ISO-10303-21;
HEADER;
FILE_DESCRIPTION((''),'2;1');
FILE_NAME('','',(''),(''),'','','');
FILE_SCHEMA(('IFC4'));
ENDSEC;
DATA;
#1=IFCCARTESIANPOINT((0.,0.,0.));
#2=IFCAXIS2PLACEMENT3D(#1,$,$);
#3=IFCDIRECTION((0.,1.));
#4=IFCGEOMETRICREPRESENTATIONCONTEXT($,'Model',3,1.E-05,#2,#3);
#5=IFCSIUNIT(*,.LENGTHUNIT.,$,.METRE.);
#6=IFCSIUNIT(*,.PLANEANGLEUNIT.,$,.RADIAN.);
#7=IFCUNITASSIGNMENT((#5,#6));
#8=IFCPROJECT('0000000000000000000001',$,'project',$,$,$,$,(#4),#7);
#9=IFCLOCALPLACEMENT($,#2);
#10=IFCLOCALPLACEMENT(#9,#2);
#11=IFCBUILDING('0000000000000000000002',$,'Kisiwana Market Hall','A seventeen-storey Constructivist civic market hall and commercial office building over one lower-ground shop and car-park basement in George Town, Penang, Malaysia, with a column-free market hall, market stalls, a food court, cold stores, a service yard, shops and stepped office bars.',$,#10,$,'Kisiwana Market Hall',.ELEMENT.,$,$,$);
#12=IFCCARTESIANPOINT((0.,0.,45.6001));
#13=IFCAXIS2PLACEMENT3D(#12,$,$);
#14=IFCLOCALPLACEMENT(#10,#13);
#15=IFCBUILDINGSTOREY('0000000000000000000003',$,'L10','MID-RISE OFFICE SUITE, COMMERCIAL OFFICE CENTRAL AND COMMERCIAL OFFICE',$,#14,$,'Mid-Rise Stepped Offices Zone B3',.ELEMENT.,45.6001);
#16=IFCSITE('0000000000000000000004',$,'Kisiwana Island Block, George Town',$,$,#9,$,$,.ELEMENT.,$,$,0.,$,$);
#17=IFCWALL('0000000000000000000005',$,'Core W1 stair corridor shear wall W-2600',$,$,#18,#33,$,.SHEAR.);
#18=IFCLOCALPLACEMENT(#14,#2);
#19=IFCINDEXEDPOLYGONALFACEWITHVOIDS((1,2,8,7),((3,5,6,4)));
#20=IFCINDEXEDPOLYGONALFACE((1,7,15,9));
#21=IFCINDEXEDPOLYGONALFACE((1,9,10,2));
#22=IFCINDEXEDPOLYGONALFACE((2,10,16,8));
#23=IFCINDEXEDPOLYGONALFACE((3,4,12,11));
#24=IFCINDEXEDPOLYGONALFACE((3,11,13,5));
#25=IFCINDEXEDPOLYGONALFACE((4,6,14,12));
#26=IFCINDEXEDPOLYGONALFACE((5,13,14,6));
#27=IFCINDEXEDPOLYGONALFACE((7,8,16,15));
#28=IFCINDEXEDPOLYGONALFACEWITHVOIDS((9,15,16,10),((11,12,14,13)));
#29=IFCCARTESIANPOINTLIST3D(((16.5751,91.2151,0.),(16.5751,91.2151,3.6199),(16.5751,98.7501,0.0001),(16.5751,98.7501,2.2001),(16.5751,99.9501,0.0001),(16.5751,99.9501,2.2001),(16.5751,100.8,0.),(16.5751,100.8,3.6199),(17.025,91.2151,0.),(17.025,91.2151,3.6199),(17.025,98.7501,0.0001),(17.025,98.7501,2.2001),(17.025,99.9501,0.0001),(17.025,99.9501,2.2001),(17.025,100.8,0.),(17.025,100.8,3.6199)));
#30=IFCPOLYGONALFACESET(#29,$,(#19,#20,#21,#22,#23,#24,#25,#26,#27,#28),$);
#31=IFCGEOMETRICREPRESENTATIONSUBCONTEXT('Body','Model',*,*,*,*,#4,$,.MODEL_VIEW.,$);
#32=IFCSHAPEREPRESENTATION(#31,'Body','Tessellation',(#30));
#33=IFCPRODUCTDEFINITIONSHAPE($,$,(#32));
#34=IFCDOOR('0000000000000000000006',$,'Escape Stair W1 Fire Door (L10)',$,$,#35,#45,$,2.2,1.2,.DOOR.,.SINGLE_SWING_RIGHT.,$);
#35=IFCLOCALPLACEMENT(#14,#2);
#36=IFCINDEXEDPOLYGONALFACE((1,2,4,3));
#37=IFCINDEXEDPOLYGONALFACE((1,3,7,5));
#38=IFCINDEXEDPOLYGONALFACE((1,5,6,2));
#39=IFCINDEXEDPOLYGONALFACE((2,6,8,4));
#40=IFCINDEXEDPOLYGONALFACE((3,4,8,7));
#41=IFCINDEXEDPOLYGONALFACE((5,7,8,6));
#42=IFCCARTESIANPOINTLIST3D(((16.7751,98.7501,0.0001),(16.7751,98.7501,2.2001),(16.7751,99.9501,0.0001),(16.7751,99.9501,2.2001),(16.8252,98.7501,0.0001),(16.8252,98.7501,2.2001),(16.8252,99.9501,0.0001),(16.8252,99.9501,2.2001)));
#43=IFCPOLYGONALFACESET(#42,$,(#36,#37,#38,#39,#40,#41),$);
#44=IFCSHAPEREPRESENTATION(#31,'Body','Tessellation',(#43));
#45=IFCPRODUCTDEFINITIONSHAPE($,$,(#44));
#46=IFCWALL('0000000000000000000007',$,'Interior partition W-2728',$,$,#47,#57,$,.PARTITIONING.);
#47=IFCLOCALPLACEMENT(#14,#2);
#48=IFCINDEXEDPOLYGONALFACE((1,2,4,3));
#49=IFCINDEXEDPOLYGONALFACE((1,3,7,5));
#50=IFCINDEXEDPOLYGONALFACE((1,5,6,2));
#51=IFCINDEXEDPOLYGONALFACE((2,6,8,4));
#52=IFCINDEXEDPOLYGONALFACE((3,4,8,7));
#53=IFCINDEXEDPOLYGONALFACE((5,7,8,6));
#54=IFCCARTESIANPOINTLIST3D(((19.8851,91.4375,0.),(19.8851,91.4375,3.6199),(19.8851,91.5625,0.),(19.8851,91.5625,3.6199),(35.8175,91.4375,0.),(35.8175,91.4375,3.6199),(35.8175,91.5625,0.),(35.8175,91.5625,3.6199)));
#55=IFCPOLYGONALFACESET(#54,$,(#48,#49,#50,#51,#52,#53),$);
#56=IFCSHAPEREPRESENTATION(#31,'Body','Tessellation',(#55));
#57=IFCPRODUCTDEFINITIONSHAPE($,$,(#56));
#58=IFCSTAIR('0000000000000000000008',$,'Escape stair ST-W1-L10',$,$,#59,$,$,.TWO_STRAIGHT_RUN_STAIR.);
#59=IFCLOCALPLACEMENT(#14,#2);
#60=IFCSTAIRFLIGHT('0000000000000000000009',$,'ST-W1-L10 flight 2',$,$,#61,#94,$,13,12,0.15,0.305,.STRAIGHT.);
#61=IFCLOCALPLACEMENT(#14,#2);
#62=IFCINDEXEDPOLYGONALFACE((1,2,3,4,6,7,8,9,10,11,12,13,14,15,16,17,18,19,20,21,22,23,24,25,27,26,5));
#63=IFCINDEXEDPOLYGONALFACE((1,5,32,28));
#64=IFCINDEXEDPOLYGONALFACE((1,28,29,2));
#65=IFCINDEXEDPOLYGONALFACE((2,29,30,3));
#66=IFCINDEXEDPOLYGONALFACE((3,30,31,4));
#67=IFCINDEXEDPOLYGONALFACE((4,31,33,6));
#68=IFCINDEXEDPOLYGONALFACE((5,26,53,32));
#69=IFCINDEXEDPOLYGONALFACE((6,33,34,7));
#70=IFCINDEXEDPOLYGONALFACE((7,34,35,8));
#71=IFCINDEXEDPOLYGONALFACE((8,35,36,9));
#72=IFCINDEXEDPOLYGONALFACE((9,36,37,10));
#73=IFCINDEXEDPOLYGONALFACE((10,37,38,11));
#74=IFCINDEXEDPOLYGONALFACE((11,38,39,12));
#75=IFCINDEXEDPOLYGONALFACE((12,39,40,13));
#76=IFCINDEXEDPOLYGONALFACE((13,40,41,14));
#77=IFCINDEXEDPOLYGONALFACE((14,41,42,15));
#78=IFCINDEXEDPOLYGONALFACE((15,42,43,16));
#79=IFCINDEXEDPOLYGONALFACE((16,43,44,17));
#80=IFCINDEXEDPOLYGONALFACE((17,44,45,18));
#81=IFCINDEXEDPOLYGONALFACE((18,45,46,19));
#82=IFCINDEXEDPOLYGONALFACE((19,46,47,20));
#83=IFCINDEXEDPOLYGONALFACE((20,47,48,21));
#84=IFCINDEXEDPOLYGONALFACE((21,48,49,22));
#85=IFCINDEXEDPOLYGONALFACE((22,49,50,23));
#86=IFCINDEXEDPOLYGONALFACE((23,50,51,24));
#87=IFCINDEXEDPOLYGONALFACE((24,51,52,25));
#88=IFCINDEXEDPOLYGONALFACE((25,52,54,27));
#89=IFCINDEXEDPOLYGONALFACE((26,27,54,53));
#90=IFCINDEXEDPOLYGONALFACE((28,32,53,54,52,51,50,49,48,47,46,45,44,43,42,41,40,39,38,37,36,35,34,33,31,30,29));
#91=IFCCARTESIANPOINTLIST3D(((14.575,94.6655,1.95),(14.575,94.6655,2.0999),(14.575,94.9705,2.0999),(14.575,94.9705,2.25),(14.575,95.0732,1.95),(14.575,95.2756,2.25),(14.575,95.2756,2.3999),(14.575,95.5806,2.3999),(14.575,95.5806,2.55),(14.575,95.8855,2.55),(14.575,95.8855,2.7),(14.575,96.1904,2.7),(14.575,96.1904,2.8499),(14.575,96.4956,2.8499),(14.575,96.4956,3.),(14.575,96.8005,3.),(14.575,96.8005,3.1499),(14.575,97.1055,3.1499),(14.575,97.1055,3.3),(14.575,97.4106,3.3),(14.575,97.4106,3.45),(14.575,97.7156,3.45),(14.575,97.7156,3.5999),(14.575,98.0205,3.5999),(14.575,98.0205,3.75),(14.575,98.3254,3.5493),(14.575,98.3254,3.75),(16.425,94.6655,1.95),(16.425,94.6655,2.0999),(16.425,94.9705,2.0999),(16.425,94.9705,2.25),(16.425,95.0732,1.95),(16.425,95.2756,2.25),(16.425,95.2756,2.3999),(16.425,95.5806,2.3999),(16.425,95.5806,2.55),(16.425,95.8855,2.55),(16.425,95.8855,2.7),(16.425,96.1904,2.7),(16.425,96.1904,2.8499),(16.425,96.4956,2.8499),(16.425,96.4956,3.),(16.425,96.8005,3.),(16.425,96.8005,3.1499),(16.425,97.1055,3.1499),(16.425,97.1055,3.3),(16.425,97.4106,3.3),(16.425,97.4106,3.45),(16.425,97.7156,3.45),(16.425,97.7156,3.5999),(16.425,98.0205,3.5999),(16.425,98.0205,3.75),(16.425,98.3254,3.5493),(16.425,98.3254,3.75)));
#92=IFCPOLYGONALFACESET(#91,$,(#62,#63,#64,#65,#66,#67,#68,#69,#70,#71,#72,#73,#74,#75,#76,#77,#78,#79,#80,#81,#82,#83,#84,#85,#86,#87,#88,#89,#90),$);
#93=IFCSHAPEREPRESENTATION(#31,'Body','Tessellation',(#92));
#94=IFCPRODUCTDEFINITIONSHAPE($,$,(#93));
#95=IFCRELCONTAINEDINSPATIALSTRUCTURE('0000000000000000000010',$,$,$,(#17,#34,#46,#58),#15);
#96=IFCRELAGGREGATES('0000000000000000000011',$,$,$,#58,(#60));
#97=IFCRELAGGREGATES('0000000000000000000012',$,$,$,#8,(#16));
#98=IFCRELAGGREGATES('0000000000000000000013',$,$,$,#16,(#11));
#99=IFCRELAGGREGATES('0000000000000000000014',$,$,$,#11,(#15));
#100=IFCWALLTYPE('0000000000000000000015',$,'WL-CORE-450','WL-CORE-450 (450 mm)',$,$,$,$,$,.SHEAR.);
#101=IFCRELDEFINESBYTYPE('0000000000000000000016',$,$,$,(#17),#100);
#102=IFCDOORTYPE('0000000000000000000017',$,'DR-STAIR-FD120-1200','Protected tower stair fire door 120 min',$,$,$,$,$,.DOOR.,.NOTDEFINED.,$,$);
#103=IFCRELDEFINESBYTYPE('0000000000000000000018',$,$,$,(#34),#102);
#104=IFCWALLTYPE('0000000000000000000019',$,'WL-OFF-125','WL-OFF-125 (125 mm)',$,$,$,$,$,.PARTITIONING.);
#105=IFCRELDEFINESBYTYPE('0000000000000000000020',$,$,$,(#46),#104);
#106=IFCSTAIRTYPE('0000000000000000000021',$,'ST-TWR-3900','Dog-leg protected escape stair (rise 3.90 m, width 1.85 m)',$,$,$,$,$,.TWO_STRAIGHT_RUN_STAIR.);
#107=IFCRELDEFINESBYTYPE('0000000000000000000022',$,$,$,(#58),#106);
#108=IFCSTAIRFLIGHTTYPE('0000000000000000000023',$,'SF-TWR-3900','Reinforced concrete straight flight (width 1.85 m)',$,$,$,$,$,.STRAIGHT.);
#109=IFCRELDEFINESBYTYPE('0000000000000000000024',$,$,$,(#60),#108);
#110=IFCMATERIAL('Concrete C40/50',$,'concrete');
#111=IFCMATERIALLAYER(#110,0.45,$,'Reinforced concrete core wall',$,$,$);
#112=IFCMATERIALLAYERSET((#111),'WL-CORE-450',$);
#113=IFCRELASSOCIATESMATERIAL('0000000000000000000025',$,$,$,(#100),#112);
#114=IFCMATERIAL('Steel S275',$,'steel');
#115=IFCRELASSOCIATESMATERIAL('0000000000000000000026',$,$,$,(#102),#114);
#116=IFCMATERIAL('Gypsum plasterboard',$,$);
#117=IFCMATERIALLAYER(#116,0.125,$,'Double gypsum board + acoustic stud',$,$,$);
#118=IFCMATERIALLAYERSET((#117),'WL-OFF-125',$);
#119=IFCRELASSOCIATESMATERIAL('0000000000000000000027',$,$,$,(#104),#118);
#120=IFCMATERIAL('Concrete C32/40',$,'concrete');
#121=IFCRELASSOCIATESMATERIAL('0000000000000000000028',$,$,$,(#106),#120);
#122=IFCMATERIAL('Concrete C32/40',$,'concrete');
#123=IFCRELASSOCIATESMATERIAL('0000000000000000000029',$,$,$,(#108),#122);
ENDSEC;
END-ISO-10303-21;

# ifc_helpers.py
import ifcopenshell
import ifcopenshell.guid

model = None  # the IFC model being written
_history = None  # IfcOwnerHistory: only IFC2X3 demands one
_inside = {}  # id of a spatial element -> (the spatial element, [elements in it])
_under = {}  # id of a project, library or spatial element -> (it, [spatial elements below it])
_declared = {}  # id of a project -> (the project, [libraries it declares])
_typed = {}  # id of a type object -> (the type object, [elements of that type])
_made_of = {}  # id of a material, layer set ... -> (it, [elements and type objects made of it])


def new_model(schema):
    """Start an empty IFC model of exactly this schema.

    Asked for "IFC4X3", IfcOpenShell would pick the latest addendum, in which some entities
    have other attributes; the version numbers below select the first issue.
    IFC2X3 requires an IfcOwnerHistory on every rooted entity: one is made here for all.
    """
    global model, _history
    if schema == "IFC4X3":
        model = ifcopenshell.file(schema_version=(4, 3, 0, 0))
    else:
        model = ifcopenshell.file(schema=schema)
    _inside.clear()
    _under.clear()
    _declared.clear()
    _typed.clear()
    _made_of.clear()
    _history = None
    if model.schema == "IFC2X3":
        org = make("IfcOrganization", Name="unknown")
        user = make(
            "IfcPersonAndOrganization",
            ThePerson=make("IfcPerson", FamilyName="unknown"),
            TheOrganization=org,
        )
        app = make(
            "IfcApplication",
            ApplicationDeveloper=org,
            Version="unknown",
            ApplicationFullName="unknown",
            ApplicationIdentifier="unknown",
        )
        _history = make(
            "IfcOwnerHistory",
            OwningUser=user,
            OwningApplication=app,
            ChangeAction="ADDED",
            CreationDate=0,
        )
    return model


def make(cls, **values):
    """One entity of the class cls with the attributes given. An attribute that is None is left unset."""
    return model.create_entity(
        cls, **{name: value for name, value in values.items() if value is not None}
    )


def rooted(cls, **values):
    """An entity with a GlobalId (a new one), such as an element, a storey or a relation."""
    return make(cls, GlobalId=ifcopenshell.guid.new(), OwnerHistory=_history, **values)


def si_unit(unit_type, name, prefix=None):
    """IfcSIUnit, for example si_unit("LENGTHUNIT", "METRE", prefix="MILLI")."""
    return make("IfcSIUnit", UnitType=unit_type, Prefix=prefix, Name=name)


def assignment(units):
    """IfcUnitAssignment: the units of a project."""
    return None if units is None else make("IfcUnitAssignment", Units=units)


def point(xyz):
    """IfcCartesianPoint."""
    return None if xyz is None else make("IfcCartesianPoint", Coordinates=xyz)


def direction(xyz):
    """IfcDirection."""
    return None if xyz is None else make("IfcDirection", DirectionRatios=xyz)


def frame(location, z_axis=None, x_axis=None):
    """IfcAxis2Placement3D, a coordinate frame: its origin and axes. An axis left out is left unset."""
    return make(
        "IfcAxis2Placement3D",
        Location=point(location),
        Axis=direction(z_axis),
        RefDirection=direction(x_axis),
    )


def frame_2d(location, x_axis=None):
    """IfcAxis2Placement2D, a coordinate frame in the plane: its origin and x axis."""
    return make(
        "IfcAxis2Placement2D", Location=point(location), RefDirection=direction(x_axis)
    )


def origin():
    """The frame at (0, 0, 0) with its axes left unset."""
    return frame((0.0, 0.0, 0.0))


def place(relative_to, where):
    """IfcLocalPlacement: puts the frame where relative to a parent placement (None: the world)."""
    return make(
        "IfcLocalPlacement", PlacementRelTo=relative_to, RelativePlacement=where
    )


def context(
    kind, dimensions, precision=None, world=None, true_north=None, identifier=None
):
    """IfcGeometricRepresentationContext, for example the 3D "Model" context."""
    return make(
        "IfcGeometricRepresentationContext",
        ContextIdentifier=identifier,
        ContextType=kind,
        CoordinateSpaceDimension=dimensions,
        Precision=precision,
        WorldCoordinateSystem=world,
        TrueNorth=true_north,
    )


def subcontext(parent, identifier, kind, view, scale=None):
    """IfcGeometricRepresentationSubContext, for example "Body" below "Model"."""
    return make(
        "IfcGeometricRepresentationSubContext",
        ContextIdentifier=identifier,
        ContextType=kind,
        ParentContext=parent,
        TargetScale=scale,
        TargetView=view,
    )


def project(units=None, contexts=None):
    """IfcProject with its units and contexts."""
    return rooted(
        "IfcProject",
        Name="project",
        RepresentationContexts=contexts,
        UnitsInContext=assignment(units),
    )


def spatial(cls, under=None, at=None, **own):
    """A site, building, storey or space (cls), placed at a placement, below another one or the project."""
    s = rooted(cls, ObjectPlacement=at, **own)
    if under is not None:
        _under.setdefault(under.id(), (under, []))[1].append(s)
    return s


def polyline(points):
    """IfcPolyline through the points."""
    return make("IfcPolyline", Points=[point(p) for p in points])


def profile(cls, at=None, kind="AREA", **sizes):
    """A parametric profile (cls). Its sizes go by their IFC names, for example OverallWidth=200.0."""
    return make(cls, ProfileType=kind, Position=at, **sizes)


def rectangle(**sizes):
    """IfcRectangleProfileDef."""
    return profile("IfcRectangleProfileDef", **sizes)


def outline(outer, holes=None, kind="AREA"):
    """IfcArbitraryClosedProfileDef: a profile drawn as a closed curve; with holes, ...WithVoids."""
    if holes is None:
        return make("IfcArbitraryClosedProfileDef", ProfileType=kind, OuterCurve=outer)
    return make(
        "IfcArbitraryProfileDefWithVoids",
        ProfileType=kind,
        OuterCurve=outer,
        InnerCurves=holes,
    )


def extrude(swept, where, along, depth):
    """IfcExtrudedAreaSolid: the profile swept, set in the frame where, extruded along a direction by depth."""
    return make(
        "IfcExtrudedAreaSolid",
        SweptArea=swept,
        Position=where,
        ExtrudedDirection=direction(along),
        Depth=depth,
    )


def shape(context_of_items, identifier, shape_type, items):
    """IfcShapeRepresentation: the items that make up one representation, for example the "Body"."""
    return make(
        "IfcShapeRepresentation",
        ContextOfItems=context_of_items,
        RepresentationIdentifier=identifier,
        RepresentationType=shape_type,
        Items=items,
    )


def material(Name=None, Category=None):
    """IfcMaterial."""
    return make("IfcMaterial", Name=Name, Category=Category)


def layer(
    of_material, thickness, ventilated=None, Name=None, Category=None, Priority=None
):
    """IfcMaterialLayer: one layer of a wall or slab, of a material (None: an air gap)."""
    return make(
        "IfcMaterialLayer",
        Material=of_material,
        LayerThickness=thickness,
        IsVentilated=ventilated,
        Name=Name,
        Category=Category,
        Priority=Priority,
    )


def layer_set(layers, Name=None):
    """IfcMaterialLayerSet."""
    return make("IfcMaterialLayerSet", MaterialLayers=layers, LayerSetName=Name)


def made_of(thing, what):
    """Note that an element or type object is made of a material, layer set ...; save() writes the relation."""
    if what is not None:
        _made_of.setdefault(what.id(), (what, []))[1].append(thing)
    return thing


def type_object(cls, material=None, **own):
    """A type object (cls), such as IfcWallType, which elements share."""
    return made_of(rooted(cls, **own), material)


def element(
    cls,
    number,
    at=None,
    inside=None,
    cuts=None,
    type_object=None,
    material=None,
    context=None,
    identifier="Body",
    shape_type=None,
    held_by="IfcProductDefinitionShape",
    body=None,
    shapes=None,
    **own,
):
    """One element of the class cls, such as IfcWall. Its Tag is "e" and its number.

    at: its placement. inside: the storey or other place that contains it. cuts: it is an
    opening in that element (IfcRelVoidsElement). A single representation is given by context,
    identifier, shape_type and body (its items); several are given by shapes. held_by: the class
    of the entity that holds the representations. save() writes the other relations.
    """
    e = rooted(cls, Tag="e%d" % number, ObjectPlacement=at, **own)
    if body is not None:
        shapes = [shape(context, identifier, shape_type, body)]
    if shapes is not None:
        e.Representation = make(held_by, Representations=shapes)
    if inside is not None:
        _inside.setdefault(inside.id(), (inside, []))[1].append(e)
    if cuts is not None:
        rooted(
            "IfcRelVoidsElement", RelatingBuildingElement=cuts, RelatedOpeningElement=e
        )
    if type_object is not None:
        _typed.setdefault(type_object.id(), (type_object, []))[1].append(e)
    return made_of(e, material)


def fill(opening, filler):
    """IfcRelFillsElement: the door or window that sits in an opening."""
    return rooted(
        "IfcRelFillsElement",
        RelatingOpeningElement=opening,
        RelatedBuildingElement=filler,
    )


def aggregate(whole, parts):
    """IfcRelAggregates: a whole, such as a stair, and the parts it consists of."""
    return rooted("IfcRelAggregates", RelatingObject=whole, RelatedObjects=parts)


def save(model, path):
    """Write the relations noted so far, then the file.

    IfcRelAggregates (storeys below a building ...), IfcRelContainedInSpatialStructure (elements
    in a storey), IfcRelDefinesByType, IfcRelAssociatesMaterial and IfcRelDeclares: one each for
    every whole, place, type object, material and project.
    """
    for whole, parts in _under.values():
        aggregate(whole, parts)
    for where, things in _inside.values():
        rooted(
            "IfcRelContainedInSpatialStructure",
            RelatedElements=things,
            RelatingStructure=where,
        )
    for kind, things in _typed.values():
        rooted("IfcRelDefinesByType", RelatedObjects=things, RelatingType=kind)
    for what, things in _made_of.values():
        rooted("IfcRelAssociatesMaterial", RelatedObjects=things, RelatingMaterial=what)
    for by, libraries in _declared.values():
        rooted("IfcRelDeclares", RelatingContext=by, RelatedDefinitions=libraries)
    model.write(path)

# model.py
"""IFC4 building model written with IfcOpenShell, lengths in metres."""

from ifc_helpers import new_model, si_unit, direction, frame, frame_2d, origin, place, context, subcontext, project, spatial, polyline, rectangle, outline, extrude, material, layer, layer_set, type_object, element, fill, aggregate, save


model = new_model("IFC4")

# Units and contexts
model_context = context("Model", 3, precision=1e-05, world=origin(), true_north=direction((0.0, 1.0)))
body_context = subcontext(model_context, "Body", "Model", "MODEL_VIEW")
ifc_project = project(units=[si_unit("LENGTHUNIT", "METRE"), si_unit("PLANEANGLEUNIT", "RADIAN")], contexts=[model_context])

# Site, building, storey
site_placement = place(None, origin())
site = spatial("IfcSite", under=ifc_project, at=site_placement, Name="Kisiwana Island Block, George Town", CompositionType="ELEMENT", RefElevation=0.0)
building_placement = place(site_placement, origin())
building = spatial("IfcBuilding", under=site, at=building_placement, Name="Kisiwana Market Hall", Description="A seventeen-storey Constructivist civic market hall and commercial office building over one lower-ground shop and car-park basement in George Town, Penang, Malaysia, with a column-free market hall, market stalls, a food court, cold stores, a service yard, shops and stepped office bars.", LongName="Kisiwana Market Hall", CompositionType="ELEMENT")
storey_placement = place(building_placement, frame((0.0, 0.0, 45.6001)))
storey = spatial("IfcBuildingStorey", under=building, at=storey_placement, Name="L10", Description="MID-RISE OFFICE SUITE, COMMERCIAL OFFICE CENTRAL AND COMMERCIAL OFFICE", LongName="Mid-Rise Stepped Offices Zone B3", CompositionType="ELEMENT", Elevation=45.6001)

# Wall, opening, door
ifc_material_1 = material(Name="Concrete C40/50", Category="concrete")
ifc_layer_1 = layer(ifc_material_1, 0.45, Name="Reinforced concrete core wall")
ifc_layer_set_1 = layer_set([ifc_layer_1], Name="WL-CORE-450")
wall_type_1 = type_object("IfcWallType", Name="WL-CORE-450", Description="WL-CORE-450 (450 mm)", PredefinedType="SHEAR", material=ifc_layer_set_1)
wall_1_placement = place(storey_placement, frame((16.8, 91.2151, 0.0), z_axis=(0.0, 0.0, 1.0), x_axis=(0.0, 1.0, 0.0)))
wall_1 = element("IfcWall", 1, at=wall_1_placement, inside=storey, type_object=wall_type_1, Name="Core W1 stair corridor shear wall W-2600", PredefinedType="SHEAR", context=body_context, shape_type="SweptSolid", body=[
    extrude(rectangle(XDim=9.585, YDim=0.45, at=frame_2d((4.7925, 0.0))), origin(), (0.0, 0.0, 1.0), 3.6199),
])
opening_1_placement = place(wall_1_placement, frame((7.5349, 0.0, 0.0)))
opening_1 = element("IfcOpeningElement", 2, at=opening_1_placement, cuts=wall_1, PredefinedType="OPENING", context=body_context, shape_type="SweptSolid", body=[
    extrude(rectangle(XDim=1.2, YDim=2.2, at=frame_2d((0.6001, 1.1001))), frame((0.0, 0.2368, 0.0), z_axis=(0.0, -1.0, 0.0), x_axis=(1.0, 0.0, 0.0)), (0.0, 0.0, 1.0), 0.4739),
])
ifc_material_2 = material(Name="Steel S275", Category="steel")
door_type_1 = type_object("IfcDoorType", Name="DR-STAIR-FD120-1200", Description="Protected tower stair fire door 120 min", OperationType="NOTDEFINED", PredefinedType="DOOR", material=ifc_material_2)
door_1_placement = place(opening_1_placement, origin())
door_1 = element("IfcDoor", 3, at=door_1_placement, inside=storey, type_object=door_type_1, Name="Escape Stair W1 Fire Door (L10)", OperationType="SINGLE_SWING_RIGHT", OverallHeight=2.2, OverallWidth=1.2, PredefinedType="DOOR", context=body_context, shape_type="SweptSolid", body=[
    extrude(rectangle(XDim=1.2, YDim=2.2, at=frame_2d((0.6001, 1.1001))), frame((0.0, 0.0249, 0.0), z_axis=(0.0, -1.0, 0.0), x_axis=(1.0, 0.0, 0.0)), (0.0, 0.0, 1.0), 0.05),
])
fill(opening_1, door_1)

# Wall
ifc_material_3 = material(Name="Gypsum plasterboard")
ifc_layer_2 = layer(ifc_material_3, 0.125, Name="Double gypsum board + acoustic stud")
ifc_layer_set_2 = layer_set([ifc_layer_2], Name="WL-OFF-125")
wall_type_2 = type_object("IfcWallType", Name="WL-OFF-125", Description="WL-OFF-125 (125 mm)", PredefinedType="PARTITIONING", material=ifc_layer_set_2)
wall_2_placement = place(storey_placement, frame((19.885, 91.5, 0.0), z_axis=(0.0, 0.0, 1.0), x_axis=(1.0, 0.0, 0.0)))
element("IfcWall", 4, at=wall_2_placement, inside=storey, type_object=wall_type_2, Name="Interior partition W-2728", PredefinedType="PARTITIONING", context=body_context, shape_type="SweptSolid", body=[
    extrude(rectangle(XDim=15.9324, YDim=0.125, at=frame_2d((7.9663, 0.0))), origin(), (0.0, 0.0, 1.0), 3.6199),
])

# Stair, stair flight
ifc_material_4 = material(Name="Concrete C32/40", Category="concrete")
stair_type = type_object("IfcStairType", Name="ST-TWR-3900", Description="Dog-leg protected escape stair (rise 3.90 m, width 1.85 m)", PredefinedType="TWO_STRAIGHT_RUN_STAIR", material=ifc_material_4)
stair_placement = place(storey_placement, origin())
stair = element("IfcStair", 5, at=stair_placement, inside=storey, type_object=stair_type, Name="Escape stair ST-W1-L10", PredefinedType="TWO_STRAIGHT_RUN_STAIR")
ifc_material_5 = material(Name="Concrete C32/40", Category="concrete")
stair_flight_type = type_object("IfcStairFlightType", Name="SF-TWR-3900", Description="Reinforced concrete straight flight (width 1.85 m)", PredefinedType="STRAIGHT", material=ifc_material_5)
stair_flight_placement = place(storey_placement, frame((15.5, 94.6655, 1.95), z_axis=(0.0, 0.0, 1.0), x_axis=(0.0, 1.0, 0.0)))
stair_flight = element("IfcStairFlight", 6, at=stair_flight_placement, type_object=stair_flight_type, Name="ST-W1-L10 flight 2", NumberOfRisers=13, NumberOfTreads=12, PredefinedType="STRAIGHT", RiserHeight=0.15, TreadLength=0.305, context=body_context, shape_type="SweptSolid", body=[
    extrude(outline(polyline([(0.0, 0.0), (0.0, 0.1499), (0.3049, 0.1499), (0.3049, 0.3), (0.6101, 0.3), (0.6101, 0.45), (0.915, 0.45), (0.915, 0.6001), (1.22, 0.6001), (1.22, 0.75), (1.5249, 0.75), (1.5249, 0.8999), (1.8301, 0.8999), (1.8301, 1.05), (2.135, 1.05), (2.135, 1.2), (2.4399, 1.2), (2.4399, 1.3501), (2.7451, 1.3501), (2.7451, 1.5), (3.05, 1.5), (3.05, 1.6499), (3.355, 1.6499), (3.355, 1.8), (3.6599, 1.8), (3.6599, 1.95), (3.6599, 1.5994), (0.4077, 0.0), (0.0, 0.0)])), frame((0.0, 0.925, 0.0), z_axis=(0.0, -1.0, 0.0), x_axis=(1.0, 0.0, 0.0)), (0.0, 0.0, 1.0), 1.8501),
])
aggregate(stair, [stair_flight])

save(model, "model.ifc")
